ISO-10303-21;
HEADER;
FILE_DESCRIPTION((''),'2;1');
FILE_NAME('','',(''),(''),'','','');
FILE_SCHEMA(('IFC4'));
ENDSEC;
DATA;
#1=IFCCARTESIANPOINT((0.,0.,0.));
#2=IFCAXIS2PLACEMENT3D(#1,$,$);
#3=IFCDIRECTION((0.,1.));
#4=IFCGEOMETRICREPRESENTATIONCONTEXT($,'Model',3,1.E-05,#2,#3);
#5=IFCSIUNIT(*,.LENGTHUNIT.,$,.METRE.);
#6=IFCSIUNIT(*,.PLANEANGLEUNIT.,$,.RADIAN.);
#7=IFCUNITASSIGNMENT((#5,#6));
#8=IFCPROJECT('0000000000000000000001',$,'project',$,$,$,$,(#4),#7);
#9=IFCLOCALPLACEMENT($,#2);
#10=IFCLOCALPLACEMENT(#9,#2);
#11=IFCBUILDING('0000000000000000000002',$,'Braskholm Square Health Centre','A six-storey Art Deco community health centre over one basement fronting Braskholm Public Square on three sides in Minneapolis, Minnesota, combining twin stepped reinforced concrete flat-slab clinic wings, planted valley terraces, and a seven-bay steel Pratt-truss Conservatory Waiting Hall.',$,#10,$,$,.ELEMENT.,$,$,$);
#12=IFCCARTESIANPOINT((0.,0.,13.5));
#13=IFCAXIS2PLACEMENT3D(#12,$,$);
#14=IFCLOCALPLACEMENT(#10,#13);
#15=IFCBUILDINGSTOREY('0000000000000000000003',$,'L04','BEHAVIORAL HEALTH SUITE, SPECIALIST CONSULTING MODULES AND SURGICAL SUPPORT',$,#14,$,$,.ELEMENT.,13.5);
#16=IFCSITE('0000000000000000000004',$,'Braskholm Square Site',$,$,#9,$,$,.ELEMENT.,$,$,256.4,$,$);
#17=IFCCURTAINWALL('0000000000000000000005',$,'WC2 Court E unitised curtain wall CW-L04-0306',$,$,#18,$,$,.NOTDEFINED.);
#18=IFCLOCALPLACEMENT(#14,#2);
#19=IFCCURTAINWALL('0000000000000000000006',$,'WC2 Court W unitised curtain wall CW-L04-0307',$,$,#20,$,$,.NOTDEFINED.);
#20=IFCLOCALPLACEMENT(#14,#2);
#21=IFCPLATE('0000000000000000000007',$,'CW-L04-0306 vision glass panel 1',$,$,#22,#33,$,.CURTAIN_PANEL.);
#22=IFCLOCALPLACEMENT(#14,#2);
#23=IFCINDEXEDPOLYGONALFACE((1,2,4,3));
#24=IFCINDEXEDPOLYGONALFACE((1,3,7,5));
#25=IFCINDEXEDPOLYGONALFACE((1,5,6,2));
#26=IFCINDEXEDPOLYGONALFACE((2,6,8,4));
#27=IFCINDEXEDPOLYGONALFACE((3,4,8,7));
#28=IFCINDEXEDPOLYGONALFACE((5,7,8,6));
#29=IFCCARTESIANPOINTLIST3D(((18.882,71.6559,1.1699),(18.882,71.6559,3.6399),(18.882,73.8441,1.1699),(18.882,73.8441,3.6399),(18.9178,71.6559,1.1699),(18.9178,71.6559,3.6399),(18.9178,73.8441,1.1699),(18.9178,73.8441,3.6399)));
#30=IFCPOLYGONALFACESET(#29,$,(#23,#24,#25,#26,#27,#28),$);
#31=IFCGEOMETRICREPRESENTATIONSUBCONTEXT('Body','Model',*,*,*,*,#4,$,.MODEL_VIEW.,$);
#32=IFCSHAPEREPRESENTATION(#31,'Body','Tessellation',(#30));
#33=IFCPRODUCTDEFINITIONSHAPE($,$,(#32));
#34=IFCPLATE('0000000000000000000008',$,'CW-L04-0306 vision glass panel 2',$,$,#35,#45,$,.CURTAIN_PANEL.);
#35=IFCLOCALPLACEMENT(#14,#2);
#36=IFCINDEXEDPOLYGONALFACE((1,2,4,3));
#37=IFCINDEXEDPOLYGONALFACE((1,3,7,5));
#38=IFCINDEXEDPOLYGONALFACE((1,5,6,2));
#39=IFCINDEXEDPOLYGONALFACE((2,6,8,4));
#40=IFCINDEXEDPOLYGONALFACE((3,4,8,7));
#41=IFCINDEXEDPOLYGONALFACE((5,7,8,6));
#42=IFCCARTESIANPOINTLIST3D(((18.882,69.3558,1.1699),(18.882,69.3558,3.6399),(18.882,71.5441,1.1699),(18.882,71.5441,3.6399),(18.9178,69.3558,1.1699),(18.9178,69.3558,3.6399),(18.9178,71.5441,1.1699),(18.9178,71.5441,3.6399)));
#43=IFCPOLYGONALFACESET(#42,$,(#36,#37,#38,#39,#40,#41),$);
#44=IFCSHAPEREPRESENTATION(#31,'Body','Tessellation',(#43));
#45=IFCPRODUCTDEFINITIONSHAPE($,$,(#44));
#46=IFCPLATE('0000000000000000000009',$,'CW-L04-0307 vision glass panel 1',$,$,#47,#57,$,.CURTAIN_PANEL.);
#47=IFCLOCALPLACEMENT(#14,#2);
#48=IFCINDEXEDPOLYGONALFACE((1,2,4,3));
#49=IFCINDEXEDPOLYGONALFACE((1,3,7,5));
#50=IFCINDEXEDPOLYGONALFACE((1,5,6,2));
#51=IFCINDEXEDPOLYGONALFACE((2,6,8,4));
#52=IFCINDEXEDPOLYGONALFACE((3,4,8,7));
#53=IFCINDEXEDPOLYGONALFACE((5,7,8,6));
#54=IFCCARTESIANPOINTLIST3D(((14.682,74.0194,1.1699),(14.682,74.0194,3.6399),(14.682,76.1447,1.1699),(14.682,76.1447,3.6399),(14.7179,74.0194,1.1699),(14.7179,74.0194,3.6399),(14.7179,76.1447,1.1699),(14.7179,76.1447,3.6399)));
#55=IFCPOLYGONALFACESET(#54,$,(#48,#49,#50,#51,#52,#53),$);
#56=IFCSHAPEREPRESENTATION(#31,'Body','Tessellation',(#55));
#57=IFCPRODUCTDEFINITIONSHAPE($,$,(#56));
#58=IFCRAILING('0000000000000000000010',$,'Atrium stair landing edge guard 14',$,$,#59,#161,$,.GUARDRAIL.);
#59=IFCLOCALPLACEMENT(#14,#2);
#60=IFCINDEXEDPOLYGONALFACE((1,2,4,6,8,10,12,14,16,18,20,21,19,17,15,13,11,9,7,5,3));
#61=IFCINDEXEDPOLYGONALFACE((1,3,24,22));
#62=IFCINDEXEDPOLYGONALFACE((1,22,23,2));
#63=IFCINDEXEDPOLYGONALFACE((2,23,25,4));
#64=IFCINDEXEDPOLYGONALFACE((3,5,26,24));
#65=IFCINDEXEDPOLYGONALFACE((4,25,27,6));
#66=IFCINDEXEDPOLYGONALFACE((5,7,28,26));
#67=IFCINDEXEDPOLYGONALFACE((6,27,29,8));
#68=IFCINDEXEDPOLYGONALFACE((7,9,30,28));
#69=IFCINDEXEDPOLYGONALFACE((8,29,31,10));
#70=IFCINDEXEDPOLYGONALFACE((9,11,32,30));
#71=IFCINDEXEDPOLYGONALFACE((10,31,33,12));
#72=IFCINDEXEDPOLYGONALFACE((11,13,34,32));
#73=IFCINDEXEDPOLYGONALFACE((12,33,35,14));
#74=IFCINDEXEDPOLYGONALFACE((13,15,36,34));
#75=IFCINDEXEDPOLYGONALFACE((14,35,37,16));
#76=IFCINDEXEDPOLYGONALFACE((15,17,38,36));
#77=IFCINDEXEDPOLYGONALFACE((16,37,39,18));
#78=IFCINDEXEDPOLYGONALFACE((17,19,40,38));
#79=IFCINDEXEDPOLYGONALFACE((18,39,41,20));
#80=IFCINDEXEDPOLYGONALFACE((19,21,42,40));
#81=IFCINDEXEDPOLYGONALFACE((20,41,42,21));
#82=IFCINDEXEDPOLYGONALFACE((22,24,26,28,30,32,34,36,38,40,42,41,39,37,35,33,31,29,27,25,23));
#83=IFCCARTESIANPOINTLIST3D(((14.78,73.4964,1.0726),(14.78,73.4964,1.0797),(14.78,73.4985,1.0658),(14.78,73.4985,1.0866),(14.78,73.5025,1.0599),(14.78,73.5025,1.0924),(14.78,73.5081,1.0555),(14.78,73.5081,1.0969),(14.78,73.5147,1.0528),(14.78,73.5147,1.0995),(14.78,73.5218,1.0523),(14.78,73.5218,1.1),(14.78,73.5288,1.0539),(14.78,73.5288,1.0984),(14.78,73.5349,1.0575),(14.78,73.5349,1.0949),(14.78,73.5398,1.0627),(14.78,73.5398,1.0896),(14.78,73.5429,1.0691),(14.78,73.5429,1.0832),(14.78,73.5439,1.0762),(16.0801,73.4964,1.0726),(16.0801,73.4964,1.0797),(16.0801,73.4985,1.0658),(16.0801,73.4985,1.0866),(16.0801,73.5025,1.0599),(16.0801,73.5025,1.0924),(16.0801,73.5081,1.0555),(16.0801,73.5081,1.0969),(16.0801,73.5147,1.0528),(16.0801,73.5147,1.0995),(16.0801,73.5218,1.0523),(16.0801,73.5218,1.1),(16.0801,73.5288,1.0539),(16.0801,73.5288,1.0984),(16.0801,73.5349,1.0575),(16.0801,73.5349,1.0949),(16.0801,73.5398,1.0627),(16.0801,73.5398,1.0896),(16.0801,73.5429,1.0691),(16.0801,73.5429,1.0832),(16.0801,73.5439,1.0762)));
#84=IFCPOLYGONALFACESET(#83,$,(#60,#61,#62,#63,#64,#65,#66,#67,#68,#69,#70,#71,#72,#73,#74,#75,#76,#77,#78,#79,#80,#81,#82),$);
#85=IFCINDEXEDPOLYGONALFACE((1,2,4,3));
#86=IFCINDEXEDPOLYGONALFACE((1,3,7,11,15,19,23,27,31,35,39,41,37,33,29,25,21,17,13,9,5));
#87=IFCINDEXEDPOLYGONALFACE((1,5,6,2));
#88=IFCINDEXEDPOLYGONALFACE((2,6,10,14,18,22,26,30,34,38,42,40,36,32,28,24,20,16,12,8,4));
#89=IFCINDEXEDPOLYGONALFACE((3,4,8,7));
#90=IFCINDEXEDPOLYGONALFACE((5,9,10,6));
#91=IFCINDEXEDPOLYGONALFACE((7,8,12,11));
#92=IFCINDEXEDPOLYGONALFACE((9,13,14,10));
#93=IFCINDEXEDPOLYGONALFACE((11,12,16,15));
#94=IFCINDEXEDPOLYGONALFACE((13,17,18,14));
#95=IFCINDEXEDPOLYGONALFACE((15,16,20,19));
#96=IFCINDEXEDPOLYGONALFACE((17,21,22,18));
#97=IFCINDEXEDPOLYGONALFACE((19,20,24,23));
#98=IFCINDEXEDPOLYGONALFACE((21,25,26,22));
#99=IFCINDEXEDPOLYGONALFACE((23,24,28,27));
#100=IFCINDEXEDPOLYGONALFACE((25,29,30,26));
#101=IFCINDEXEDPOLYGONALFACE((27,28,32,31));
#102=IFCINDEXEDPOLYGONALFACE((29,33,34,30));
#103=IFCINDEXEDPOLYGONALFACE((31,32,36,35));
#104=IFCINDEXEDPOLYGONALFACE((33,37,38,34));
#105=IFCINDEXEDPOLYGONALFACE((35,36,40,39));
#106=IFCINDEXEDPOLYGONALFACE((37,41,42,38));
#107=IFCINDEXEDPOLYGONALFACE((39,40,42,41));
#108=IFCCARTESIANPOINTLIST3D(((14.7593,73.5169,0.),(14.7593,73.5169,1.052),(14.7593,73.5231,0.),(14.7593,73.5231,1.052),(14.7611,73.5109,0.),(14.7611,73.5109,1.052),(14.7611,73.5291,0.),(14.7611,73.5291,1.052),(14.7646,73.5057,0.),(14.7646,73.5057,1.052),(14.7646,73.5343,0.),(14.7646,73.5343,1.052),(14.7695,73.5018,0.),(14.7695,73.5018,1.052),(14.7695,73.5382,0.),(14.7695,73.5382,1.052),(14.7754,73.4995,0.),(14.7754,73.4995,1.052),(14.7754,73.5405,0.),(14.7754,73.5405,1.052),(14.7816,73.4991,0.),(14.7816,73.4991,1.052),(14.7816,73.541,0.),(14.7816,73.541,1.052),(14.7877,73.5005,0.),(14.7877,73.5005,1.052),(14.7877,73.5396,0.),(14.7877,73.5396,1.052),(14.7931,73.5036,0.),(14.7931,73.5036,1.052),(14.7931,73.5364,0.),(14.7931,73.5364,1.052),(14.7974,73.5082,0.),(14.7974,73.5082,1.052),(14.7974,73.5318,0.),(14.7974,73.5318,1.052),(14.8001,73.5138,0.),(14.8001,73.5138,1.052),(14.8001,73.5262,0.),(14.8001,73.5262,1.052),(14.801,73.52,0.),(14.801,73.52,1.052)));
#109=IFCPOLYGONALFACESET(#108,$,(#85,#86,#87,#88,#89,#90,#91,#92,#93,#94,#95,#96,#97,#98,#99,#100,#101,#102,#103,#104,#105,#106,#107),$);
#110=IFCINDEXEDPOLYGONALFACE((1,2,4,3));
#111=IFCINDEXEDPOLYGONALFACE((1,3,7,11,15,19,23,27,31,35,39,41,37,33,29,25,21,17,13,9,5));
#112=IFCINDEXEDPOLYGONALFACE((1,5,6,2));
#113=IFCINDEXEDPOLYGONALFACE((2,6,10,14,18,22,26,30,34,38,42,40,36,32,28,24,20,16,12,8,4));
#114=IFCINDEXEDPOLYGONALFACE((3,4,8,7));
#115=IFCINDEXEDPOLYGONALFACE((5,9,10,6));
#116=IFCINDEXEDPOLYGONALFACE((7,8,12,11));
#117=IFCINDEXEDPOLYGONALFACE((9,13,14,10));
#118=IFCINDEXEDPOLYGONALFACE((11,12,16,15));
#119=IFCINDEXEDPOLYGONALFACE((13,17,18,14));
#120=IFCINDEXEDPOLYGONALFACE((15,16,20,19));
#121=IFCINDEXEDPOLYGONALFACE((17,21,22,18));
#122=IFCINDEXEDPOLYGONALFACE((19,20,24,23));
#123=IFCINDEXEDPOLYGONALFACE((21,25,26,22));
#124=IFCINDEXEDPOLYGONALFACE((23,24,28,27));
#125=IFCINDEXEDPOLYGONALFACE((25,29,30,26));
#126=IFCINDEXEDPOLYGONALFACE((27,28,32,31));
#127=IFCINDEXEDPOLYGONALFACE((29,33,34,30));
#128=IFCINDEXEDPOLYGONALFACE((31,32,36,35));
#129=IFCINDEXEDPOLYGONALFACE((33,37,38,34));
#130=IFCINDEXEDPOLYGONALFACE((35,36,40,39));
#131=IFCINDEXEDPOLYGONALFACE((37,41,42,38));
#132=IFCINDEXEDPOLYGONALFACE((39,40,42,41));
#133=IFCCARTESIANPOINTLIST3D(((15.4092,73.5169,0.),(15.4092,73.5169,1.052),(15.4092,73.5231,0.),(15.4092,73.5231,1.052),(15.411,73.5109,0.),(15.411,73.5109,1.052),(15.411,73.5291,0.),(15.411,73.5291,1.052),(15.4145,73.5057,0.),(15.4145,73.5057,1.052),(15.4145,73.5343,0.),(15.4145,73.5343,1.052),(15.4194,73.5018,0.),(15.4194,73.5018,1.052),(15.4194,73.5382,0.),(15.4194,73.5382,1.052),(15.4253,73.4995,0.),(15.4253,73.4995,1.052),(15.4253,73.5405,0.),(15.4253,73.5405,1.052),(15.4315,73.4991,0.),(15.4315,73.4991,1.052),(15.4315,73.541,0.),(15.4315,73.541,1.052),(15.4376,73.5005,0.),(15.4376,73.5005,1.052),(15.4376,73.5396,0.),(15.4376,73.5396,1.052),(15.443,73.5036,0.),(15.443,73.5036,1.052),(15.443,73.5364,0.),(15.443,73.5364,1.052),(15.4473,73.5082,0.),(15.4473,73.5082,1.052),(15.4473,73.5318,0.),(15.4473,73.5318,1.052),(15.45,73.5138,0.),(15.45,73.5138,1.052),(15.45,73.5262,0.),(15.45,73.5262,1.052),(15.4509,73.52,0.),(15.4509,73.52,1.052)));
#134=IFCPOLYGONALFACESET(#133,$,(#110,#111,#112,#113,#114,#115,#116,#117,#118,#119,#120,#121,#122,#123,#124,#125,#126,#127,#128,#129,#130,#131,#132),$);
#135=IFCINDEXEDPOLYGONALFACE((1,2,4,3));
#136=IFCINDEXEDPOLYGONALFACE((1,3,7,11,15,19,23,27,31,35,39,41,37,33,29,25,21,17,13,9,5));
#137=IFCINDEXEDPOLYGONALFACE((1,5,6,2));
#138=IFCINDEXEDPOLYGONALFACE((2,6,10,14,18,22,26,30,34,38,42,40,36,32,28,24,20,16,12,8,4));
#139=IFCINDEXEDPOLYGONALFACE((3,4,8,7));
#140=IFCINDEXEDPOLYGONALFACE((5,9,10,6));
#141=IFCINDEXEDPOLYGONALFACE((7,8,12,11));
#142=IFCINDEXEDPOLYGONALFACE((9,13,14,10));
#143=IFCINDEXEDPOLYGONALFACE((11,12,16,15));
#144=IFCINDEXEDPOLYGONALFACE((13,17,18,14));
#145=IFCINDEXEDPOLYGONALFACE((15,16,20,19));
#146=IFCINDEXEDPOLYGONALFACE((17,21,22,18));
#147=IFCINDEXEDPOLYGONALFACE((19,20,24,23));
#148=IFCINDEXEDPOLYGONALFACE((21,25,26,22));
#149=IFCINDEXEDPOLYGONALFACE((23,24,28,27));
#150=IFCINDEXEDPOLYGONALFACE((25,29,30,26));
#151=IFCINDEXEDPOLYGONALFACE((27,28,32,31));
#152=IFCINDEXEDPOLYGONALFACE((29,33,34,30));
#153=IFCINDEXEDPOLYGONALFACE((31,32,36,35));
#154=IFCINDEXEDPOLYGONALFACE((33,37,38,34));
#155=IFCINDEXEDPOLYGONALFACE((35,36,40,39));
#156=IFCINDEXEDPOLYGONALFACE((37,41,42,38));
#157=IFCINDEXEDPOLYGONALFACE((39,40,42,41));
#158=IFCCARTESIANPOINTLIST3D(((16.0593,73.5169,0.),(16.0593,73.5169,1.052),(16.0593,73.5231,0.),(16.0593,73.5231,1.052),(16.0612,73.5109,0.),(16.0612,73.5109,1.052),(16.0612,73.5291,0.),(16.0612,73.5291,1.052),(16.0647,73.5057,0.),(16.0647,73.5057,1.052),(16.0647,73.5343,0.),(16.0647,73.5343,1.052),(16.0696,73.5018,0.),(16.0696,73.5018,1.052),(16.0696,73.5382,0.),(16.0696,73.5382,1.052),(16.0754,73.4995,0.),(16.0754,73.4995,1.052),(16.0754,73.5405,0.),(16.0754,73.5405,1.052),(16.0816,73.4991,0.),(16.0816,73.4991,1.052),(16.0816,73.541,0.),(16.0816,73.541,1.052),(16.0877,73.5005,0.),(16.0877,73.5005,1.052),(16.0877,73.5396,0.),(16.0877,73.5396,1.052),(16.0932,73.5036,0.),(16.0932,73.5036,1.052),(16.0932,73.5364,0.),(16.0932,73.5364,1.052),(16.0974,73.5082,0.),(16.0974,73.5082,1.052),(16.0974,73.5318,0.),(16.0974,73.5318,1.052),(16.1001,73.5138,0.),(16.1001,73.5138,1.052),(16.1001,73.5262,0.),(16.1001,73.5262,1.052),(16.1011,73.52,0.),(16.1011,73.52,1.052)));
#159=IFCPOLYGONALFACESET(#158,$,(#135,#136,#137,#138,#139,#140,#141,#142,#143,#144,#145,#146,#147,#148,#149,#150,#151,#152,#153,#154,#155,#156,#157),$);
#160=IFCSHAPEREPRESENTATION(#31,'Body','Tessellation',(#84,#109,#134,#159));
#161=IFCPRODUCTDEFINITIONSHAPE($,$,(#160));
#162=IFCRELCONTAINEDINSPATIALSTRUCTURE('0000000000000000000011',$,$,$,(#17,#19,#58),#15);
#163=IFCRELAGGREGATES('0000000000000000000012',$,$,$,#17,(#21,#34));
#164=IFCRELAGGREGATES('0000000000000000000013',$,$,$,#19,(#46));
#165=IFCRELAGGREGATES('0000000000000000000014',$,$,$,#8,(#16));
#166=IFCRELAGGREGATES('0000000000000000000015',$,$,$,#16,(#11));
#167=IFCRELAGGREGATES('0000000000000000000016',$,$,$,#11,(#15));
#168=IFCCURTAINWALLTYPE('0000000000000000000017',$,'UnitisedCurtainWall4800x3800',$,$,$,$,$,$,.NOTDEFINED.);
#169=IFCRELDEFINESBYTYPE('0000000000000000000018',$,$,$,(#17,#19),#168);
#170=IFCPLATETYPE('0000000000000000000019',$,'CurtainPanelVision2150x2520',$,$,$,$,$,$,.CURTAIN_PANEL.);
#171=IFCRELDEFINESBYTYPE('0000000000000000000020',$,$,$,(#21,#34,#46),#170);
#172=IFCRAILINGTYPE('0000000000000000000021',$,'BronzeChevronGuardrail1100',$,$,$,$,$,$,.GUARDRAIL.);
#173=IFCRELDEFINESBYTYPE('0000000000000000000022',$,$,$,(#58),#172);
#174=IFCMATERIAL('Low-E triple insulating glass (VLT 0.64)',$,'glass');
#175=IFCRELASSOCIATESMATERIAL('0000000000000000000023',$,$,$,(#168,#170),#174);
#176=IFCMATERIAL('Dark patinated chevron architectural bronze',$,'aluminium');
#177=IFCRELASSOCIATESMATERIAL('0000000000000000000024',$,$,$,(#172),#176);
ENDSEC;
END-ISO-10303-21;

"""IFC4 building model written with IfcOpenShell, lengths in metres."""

from ifc_helpers import new_model, si_unit, direction, frame, origin, origin_2d, place, context, subcontext, project, spatial, rectangle, circle, extrude, material, type_object, element, aggregate, save


model = new_model("IFC4")

# Units and contexts
model_context = context("Model", 3, precision=1e-05, world=origin(), true_north=direction((0.0, 1.0)))
body_context = subcontext(model_context, "Body", "Model", "MODEL_VIEW")
ifc_project = project(units=[si_unit("LENGTHUNIT", "METRE"), si_unit("PLANEANGLEUNIT", "RADIAN")], contexts=[model_context])

# Site, building, storey
site_placement = place(None, origin())
site = spatial("IfcSite", under=ifc_project, at=site_placement, Name="Braskholm Square Site", CompositionType="ELEMENT", RefElevation=256.4)
building_placement = place(site_placement, origin())
building = spatial("IfcBuilding", under=site, at=building_placement, Name="Braskholm Square Health Centre", Description="A six-storey Art Deco community health centre over one basement fronting Braskholm Public Square on three sides in Minneapolis, Minnesota, combining twin stepped reinforced concrete flat-slab clinic wings, planted valley terraces, and a seven-bay steel Pratt-truss Conservatory Waiting Hall.", CompositionType="ELEMENT")
storey_placement = place(building_placement, frame((0.0, 0.0, 13.5)))
storey = spatial("IfcBuildingStorey", under=building, at=storey_placement, Name="L04", Description="BEHAVIORAL HEALTH SUITE, SPECIALIST CONSULTING MODULES AND SURGICAL SUPPORT", CompositionType="ELEMENT", Elevation=13.5)

# Curtain wall
ifc_material_1 = material(Name="Low-E triple insulating glass (VLT 0.64)", Category="glass")
curtain_wall_type = type_object("IfcCurtainWallType", Name="UnitisedCurtainWall4800x3800", PredefinedType="NOTDEFINED", material=ifc_material_1)
curtain_wall_1_placement = place(storey_placement, origin())
curtain_wall_1 = element("IfcCurtainWall", 1, at=curtain_wall_1_placement, inside=storey, type_object=curtain_wall_type, Name="WC2 Court E unitised curtain wall CW-L04-0306", PredefinedType="NOTDEFINED")

# Curtain wall
curtain_wall_2_placement = place(storey_placement, origin())
curtain_wall_2 = element("IfcCurtainWall", 2, at=curtain_wall_2_placement, inside=storey, type_object=curtain_wall_type, Name="WC2 Court W unitised curtain wall CW-L04-0307", PredefinedType="NOTDEFINED")

# Plates
plate_type_1 = type_object("IfcPlateType", Name="CurtainPanelVision2150x2520", PredefinedType="CURTAIN_PANEL", material=ifc_material_1)
plate_1_placement = place(storey_placement, frame((18.8999, 72.75, 1.1699), z_axis=(0.0, 0.0, 1.0), x_axis=(0.0, -1.0, 0.0)))
plate_1 = element("IfcPlate", 3, at=plate_1_placement, type_object=plate_type_1, Name="CW-L04-0306 vision glass panel 1", PredefinedType="CURTAIN_PANEL", context=body_context, shape_type="SweptSolid", body=[
    extrude(rectangle(XDim=2.1882, YDim=0.0359, at=origin_2d()), origin(), (0.0, 0.0, 1.0), 2.47),
])
plate_2_placement = place(storey_placement, frame((18.8999, 70.45, 1.1699), z_axis=(0.0, 0.0, 1.0), x_axis=(0.0, -1.0, 0.0)))
plate_2 = element("IfcPlate", 4, at=plate_2_placement, type_object=plate_type_1, Name="CW-L04-0306 vision glass panel 2", PredefinedType="CURTAIN_PANEL", context=body_context, shape_type="SweptSolid", body=[
    extrude(rectangle(XDim=2.1882, YDim=0.0359, at=origin_2d()), origin(), (0.0, 0.0, 1.0), 2.47),
])
aggregate(curtain_wall_1, [plate_1, plate_2])
plate_3_placement = place(storey_placement, frame((14.7, 75.082, 1.1699), z_axis=(0.0, 0.0, 1.0), x_axis=(0.0, 1.0, 0.0)))
plate_3 = element("IfcPlate", 5, at=plate_3_placement, type_object=plate_type_1, Name="CW-L04-0307 vision glass panel 1", PredefinedType="CURTAIN_PANEL", context=body_context, shape_type="SweptSolid", body=[
    extrude(rectangle(XDim=2.1252, YDim=0.0359, at=origin_2d()), origin(), (0.0, 0.0, 1.0), 2.47),
])
aggregate(curtain_wall_2, [plate_3])

# Railing
ifc_material_2 = material(Name="Dark patinated chevron architectural bronze", Category="aluminium")
railing_type = type_object("IfcRailingType", Name="BronzeChevronGuardrail1100", PredefinedType="GUARDRAIL", material=ifc_material_2)
for number, where, name in (
    (6, (14.78, 73.52, 0.0), "Atrium stair landing edge guard 14"),
):
    element("IfcRailing", number, at=place(storey_placement, frame(where)), inside=storey, type_object=railing_type, Name=name, PredefinedType="GUARDRAIL", context=body_context, shape_type="SweptSolid", body=[
        extrude(circle(Radius=0.0239, at=origin_2d()), frame((0.0, 0.0, 1.0762), z_axis=(1.0, 0.0, 0.0), x_axis=(0.0, 1.0, 0.0)), (0.0, 0.0, 1.0), 1.3),
        extrude(circle(Radius=0.021, at=origin_2d()), origin(), (0.0, 0.0, 1.0), 1.052),
        extrude(circle(Radius=0.021, at=origin_2d()), frame((0.6499, 0.0, 0.0)), (0.0, 0.0, 1.0), 1.052),
        extrude(circle(Radius=0.021, at=origin_2d()), frame((1.3, 0.0, 0.0)), (0.0, 0.0, 1.0), 1.052),
    ])

save(model, "model.ifc")
